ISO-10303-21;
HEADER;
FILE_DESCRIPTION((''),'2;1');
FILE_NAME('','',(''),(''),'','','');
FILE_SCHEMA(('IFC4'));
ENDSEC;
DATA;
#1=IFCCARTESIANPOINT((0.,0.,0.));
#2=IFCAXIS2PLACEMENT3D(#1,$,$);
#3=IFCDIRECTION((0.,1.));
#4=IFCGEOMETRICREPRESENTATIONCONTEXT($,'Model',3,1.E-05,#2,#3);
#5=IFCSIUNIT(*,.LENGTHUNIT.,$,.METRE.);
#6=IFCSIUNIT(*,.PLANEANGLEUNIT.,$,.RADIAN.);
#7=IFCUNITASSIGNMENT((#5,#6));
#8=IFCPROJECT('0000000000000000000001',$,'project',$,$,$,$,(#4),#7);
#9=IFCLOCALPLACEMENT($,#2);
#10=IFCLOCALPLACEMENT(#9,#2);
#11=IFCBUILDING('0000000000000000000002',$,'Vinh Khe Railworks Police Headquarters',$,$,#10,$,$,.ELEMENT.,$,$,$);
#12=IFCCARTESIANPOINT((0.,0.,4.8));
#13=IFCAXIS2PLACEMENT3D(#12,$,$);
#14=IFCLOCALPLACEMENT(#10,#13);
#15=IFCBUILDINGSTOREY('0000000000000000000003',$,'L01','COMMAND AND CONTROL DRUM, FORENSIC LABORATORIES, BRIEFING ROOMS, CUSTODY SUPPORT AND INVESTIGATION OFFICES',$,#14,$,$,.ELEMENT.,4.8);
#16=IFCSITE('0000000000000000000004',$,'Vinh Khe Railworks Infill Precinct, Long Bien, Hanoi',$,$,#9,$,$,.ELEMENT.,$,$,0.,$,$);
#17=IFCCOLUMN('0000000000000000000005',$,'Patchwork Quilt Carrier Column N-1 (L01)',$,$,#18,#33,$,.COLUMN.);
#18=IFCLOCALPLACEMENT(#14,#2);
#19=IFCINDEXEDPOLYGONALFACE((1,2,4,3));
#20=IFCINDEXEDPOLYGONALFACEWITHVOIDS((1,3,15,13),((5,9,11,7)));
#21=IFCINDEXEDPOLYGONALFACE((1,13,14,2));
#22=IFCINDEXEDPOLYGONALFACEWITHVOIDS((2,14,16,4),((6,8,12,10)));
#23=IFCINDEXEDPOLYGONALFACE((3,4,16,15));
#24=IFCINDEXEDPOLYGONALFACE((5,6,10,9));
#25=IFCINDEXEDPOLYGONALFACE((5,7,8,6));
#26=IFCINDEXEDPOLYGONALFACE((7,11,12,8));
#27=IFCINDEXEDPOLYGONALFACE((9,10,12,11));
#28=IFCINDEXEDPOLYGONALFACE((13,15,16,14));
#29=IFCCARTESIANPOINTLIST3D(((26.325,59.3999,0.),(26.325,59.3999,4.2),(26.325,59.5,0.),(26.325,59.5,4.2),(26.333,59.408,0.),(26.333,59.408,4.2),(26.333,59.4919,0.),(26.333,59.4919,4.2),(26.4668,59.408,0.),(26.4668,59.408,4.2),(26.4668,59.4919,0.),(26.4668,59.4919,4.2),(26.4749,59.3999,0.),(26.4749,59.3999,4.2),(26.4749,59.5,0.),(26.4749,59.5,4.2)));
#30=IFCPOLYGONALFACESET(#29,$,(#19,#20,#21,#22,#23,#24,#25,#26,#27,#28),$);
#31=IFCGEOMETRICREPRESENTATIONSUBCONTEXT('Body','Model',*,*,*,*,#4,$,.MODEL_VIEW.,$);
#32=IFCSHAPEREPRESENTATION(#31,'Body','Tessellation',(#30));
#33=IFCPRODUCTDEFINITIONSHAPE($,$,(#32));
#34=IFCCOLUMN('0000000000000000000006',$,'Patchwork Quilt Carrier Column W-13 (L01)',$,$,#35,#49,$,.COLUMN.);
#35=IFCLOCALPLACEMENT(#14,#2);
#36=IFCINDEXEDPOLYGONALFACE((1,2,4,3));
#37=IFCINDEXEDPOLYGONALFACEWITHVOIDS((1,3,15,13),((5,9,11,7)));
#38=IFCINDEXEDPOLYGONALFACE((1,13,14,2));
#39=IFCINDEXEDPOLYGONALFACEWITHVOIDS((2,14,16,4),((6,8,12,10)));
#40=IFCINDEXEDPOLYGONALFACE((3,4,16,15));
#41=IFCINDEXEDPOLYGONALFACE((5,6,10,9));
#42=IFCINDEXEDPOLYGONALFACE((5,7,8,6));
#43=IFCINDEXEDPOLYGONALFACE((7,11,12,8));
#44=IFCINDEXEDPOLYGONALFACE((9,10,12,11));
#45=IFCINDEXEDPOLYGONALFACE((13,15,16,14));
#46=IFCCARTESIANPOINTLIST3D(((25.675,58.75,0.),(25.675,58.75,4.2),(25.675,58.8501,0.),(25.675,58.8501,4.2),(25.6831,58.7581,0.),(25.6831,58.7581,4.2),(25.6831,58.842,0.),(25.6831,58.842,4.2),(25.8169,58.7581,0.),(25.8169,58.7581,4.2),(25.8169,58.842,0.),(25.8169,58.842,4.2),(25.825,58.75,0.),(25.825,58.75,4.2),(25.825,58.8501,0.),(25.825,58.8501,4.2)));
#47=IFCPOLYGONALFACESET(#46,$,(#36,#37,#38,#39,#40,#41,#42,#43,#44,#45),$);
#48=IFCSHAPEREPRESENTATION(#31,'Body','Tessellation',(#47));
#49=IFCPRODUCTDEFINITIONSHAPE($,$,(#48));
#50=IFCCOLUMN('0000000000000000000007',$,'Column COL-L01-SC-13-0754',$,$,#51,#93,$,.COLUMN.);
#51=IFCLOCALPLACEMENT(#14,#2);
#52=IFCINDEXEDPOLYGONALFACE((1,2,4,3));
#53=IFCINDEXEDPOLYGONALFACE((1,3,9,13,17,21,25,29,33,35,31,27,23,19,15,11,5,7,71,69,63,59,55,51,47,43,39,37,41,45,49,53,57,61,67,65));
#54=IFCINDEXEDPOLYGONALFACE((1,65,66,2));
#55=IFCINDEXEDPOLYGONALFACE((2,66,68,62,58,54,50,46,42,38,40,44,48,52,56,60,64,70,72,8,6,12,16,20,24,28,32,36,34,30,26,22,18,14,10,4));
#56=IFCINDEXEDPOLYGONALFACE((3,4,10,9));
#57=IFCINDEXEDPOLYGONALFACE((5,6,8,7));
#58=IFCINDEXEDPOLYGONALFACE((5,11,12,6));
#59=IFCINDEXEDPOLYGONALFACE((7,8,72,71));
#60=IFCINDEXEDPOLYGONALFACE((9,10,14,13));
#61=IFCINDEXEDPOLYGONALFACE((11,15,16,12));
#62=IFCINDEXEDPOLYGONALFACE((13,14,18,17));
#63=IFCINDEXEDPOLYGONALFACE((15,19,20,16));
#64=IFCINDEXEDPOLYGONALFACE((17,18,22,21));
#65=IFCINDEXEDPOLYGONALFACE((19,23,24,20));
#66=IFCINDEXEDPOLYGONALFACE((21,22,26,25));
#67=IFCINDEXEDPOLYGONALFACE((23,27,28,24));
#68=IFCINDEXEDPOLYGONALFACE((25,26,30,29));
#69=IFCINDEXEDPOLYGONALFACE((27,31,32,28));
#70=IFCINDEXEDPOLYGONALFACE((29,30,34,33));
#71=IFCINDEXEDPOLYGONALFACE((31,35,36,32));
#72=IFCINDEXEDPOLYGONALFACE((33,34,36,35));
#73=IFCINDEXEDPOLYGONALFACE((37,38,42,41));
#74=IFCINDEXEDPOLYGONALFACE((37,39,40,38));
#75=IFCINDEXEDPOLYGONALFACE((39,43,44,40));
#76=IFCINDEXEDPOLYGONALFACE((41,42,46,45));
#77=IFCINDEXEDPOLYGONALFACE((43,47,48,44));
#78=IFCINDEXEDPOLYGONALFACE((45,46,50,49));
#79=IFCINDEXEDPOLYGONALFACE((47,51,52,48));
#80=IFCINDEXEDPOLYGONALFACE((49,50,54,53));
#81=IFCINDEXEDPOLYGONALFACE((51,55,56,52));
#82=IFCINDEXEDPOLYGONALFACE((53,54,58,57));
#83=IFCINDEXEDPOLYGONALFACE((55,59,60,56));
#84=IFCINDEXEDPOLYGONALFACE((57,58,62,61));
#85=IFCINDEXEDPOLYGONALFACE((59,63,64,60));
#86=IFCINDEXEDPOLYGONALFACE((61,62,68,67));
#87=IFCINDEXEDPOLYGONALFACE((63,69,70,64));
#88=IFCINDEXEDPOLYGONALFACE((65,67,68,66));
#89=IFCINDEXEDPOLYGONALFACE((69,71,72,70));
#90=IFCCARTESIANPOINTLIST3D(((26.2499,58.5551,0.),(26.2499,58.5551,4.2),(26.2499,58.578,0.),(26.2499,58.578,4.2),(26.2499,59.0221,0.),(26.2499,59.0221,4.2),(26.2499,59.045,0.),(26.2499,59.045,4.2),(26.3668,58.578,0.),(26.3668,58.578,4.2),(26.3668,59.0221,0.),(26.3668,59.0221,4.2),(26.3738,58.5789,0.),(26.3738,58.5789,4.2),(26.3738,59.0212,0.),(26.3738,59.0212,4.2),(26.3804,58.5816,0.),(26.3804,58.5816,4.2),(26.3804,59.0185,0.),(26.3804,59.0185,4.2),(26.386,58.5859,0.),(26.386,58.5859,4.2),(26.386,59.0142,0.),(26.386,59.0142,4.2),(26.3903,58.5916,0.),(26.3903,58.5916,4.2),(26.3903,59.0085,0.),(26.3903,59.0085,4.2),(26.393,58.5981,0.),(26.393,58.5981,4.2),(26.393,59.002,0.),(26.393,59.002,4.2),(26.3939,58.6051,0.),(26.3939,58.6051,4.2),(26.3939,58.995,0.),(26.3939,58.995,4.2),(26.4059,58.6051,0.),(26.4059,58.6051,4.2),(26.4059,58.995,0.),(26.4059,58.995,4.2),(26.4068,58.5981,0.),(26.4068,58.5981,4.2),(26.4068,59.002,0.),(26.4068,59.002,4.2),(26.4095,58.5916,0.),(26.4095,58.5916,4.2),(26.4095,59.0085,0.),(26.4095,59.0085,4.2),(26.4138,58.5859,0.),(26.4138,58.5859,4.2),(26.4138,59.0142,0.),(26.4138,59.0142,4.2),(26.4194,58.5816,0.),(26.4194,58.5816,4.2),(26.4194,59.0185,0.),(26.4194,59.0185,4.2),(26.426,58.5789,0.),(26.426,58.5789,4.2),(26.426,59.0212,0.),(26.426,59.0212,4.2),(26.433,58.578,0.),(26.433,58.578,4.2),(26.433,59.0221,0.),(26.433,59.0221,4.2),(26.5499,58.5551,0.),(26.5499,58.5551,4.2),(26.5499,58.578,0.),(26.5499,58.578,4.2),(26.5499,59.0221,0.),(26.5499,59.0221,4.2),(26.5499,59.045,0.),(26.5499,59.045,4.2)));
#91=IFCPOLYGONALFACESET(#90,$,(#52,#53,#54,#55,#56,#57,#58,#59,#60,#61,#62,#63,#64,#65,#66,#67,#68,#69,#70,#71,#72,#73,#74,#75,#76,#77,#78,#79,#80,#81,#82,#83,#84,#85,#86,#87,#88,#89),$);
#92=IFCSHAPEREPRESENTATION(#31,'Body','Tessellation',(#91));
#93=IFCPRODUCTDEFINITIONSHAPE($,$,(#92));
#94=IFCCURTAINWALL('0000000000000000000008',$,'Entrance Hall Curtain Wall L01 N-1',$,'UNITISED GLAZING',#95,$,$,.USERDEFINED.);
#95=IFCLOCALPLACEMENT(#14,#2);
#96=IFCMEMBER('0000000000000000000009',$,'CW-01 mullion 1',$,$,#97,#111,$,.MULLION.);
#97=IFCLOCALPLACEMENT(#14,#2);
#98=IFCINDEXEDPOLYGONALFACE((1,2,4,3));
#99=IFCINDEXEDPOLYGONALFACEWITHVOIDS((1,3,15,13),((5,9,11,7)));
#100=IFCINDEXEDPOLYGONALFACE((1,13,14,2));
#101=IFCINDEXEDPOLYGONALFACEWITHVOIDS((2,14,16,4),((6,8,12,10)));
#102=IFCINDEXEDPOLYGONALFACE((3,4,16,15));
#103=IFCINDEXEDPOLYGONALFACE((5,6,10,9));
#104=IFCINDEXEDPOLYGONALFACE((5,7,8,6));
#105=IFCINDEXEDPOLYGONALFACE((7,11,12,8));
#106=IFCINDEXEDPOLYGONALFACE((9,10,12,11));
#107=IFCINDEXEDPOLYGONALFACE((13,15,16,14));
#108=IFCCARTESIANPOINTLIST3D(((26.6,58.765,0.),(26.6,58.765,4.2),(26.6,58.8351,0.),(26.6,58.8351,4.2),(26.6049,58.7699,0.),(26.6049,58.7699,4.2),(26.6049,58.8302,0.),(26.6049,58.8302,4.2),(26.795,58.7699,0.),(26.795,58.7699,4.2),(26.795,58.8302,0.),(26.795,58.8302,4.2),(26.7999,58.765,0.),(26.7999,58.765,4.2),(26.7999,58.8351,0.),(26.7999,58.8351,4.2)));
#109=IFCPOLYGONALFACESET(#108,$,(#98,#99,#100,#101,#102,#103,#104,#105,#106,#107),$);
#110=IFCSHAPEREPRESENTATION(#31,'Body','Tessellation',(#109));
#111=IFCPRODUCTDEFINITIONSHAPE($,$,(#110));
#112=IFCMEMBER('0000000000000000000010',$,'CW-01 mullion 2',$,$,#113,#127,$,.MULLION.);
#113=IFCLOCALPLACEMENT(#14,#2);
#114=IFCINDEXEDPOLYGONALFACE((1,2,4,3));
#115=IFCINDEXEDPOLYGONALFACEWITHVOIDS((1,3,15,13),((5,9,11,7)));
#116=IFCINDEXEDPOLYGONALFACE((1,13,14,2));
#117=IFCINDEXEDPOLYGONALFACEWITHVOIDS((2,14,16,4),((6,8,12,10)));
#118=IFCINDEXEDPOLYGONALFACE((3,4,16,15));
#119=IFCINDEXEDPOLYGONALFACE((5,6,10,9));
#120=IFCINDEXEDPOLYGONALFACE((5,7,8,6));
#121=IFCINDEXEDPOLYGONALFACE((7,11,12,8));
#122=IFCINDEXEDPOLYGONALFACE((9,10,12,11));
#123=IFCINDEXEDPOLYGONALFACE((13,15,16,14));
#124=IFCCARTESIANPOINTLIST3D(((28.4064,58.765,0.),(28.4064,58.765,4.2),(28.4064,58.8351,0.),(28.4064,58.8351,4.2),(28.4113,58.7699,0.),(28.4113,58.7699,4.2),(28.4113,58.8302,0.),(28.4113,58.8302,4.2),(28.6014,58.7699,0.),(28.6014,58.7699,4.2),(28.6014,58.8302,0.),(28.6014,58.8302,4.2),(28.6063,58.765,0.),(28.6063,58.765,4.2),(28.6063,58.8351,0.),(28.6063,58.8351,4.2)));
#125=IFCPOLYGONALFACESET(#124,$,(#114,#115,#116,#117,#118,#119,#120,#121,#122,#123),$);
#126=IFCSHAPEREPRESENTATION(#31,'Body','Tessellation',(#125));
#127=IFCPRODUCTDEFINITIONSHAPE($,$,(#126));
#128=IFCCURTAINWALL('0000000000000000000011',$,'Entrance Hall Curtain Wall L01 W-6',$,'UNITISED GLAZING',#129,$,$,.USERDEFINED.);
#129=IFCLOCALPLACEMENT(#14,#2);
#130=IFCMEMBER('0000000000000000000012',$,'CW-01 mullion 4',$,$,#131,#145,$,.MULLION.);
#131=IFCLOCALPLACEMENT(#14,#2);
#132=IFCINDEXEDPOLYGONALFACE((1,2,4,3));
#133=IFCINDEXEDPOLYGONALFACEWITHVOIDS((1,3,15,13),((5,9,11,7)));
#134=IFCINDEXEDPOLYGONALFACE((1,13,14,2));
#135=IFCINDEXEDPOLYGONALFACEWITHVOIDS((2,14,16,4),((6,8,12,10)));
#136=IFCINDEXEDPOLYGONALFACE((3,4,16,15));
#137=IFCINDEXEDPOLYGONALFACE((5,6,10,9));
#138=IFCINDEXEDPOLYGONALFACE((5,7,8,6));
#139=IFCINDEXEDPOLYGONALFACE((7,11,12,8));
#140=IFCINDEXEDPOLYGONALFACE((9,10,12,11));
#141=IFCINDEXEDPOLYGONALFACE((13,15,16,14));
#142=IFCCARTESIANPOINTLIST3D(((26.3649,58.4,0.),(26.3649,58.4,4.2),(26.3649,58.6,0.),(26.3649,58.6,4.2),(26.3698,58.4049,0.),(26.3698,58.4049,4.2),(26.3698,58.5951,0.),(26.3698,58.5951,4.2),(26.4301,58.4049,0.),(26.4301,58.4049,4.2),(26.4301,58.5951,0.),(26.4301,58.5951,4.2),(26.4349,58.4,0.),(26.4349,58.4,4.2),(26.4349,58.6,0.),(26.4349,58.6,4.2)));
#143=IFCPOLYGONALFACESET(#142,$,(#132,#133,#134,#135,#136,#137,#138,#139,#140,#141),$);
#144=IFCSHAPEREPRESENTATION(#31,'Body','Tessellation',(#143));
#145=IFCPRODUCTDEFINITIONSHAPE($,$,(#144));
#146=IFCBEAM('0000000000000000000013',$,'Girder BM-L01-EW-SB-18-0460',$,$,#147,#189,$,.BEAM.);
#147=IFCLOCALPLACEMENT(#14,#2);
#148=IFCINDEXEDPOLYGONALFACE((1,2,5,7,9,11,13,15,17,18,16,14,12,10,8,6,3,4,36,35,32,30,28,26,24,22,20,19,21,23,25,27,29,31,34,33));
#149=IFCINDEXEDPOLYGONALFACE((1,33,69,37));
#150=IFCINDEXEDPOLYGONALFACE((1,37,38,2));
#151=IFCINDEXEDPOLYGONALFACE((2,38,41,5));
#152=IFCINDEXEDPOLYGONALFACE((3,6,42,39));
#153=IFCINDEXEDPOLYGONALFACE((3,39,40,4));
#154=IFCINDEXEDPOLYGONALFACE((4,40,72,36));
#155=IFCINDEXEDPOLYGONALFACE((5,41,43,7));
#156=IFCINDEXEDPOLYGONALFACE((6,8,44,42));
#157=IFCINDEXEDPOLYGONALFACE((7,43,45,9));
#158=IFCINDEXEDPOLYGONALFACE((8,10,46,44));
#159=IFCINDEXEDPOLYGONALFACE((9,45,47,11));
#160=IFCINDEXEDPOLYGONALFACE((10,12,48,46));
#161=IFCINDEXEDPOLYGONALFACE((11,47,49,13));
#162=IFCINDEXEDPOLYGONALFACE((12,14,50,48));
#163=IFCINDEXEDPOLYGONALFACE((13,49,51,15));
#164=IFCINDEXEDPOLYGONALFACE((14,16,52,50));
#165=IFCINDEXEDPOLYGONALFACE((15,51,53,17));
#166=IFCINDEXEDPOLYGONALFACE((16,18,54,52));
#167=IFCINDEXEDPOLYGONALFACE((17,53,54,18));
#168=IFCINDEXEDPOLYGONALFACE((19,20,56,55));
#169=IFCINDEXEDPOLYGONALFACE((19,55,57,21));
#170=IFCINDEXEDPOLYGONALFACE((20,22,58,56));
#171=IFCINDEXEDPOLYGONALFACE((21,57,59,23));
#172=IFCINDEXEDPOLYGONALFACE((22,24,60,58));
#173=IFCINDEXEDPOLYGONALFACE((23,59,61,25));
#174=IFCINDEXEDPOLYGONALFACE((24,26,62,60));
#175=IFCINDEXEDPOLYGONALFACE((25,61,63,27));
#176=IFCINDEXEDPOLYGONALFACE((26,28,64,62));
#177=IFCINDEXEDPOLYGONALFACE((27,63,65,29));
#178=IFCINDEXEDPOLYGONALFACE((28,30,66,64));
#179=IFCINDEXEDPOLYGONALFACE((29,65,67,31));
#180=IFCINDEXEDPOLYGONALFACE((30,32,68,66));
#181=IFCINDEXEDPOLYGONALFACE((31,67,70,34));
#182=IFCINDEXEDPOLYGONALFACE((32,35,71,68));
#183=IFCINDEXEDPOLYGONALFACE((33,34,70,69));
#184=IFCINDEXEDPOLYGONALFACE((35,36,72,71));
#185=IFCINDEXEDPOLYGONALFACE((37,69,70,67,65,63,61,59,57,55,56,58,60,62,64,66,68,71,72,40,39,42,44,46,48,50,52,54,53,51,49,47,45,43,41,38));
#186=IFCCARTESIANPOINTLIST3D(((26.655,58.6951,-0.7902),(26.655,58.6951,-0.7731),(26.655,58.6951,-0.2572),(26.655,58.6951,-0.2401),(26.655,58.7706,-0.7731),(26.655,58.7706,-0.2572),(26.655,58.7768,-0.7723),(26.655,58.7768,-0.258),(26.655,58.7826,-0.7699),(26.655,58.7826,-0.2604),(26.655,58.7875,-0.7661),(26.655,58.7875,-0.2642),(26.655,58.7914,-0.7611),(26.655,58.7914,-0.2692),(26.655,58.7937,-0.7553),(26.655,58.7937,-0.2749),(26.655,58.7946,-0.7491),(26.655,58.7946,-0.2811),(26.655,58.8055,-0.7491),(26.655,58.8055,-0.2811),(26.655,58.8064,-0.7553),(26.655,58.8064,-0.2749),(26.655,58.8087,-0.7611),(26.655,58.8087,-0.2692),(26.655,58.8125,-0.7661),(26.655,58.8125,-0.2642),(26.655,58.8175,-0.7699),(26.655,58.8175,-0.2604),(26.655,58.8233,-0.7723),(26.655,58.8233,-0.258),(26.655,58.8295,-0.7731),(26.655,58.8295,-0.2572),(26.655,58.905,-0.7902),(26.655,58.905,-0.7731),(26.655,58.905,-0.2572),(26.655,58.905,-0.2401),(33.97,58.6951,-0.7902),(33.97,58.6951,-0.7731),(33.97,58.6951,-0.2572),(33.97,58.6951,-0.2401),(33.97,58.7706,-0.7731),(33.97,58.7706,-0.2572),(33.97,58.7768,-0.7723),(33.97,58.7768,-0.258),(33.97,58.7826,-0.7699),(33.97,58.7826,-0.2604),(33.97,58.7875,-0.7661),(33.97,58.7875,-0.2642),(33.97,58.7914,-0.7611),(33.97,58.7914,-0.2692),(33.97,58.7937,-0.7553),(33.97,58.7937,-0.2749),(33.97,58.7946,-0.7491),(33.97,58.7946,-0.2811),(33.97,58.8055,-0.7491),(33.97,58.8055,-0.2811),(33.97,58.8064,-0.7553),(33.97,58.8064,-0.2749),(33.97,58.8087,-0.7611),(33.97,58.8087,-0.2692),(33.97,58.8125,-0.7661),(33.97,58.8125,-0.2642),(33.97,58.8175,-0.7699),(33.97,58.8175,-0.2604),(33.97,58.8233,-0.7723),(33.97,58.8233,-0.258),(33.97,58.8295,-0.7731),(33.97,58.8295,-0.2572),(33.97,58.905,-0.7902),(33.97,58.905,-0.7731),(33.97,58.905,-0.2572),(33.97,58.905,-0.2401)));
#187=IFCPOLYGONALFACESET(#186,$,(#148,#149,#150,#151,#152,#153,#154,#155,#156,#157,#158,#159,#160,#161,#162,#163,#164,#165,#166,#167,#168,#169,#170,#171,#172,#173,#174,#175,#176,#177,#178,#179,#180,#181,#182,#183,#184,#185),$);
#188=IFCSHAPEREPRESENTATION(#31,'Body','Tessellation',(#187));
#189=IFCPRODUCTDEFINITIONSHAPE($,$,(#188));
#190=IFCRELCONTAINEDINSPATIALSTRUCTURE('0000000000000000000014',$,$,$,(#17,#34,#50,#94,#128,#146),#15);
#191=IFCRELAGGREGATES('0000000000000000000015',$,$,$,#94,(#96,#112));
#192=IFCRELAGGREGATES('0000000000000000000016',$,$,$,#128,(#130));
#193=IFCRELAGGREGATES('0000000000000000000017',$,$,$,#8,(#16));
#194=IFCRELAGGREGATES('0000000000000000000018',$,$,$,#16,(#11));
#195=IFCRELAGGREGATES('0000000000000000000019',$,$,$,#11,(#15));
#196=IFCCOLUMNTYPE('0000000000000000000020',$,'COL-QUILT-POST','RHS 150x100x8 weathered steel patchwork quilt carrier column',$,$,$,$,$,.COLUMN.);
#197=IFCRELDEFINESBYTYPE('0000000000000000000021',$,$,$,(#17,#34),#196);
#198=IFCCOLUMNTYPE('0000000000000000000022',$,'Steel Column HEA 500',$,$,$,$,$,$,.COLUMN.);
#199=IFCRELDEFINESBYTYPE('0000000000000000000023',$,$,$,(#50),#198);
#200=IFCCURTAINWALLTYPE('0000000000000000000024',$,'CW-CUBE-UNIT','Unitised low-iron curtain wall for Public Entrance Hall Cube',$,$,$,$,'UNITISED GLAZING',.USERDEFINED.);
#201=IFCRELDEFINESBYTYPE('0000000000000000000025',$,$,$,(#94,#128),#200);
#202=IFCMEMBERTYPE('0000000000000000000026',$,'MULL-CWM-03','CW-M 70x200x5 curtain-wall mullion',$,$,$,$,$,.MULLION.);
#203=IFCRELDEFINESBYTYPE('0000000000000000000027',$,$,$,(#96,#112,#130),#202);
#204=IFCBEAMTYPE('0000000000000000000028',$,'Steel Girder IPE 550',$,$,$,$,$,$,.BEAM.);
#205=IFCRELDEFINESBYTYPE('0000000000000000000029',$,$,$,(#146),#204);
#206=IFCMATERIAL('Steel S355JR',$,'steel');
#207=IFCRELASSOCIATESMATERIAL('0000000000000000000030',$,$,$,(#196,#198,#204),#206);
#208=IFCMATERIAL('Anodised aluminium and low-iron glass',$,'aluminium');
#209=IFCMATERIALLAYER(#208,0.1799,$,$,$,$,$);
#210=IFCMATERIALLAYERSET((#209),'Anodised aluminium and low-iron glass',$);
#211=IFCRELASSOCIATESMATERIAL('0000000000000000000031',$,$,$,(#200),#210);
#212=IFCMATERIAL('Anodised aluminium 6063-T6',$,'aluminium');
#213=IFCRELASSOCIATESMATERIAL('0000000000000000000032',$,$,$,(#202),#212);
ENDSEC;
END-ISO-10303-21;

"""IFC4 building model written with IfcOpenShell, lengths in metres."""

from ifc_helpers import new_model, si_unit, direction, frame, origin, origin_2d, place, context, subcontext, project, spatial, hollow_rectangle, i_section, extrude, material, layer, layer_set, material_profile, profile_set, type_object, element, aggregate, save


model = new_model("IFC4")

# Units and contexts
model_context = context("Model", 3, precision=1e-05, world=origin(), true_north=direction((0.0, 1.0)))
body_context = subcontext(model_context, "Body", "Model", "MODEL_VIEW")
ifc_project = project(units=[si_unit("LENGTHUNIT", "METRE"), si_unit("PLANEANGLEUNIT", "RADIAN")], contexts=[model_context])

# Site, building, storey
site_placement = place(None, origin())
site = spatial("IfcSite", under=ifc_project, at=site_placement, Name="Vinh Khe Railworks Infill Precinct, Long Bien, Hanoi", CompositionType="ELEMENT", RefElevation=0.0)
building_placement = place(site_placement, origin())
building = spatial("IfcBuilding", under=site, at=building_placement, Name="Vinh Khe Railworks Police Headquarters", CompositionType="ELEMENT")
storey_placement = place(building_placement, frame((0.0, 0.0, 4.8)))
storey = spatial("IfcBuildingStorey", under=building, at=storey_placement, Name="L01", Description="COMMAND AND CONTROL DRUM, FORENSIC LABORATORIES, BRIEFING ROOMS, CUSTODY SUPPORT AND INVESTIGATION OFFICES", CompositionType="ELEMENT", Elevation=4.8)

# Columns
ifc_material_1 = material(Name="Steel S355JR", Category="steel")
ifc_material_profile_1 = material_profile(ifc_material_1, hollow_rectangle(XDim=0.1499, YDim=0.1001, WallThickness=0.0081, at=origin_2d()), Name="RHS 150x100x8")
ifc_profile_set_1 = profile_set([ifc_material_profile_1], Name="Steel S355JR")
column_type_1 = type_object("IfcColumnType", Name="COL-QUILT-POST", Description="RHS 150x100x8 weathered steel patchwork quilt carrier column", PredefinedType="COLUMN", material=ifc_profile_set_1)
for number, where, z_axis, x_axis, name in (
    (1, (26.3999, 59.45, 0.0), (0.0, 0.0, 1.0), (1.0, 0.0, 0.0), "Patchwork Quilt Carrier Column N-1 (L01)"),
    (2, (25.75, 58.8, 0.0), (0.0, 0.0, 1.0), (1.0, 0.0, 0.0), "Patchwork Quilt Carrier Column W-13 (L01)"),
):
    element("IfcColumn", number, at=place(storey_placement, frame(where, z_axis=z_axis, x_axis=x_axis)), inside=storey, type_object=column_type_1, Name=name, PredefinedType="COLUMN", context=body_context, shape_type="SweptSolid", body=[
        extrude(hollow_rectangle(XDim=0.1499, YDim=0.1001, WallThickness=0.0081, at=origin_2d()), origin(), (0.0, 0.0, 1.0), 4.2),
    ])
ifc_material_profile_2 = material_profile(ifc_material_1, i_section(OverallWidth=0.3, OverallDepth=0.49, WebThickness=0.012, FlangeThickness=0.0229, FilletRadius=0.0271, at=origin_2d()), Name="HEA 500")
ifc_profile_set_2 = profile_set([ifc_material_profile_2], Name="Steel S355JR")
column_type_2 = type_object("IfcColumnType", Name="Steel Column HEA 500", PredefinedType="COLUMN", material=ifc_profile_set_2)
column_placement = place(storey_placement, frame((26.3999, 58.8, 0.0), z_axis=(0.0, 0.0, 1.0), x_axis=(1.0, 0.0, 0.0)))
element("IfcColumn", 3, at=column_placement, inside=storey, type_object=column_type_2, Name="Column COL-L01-SC-13-0754", PredefinedType="COLUMN", context=body_context, shape_type="SweptSolid", body=[
    extrude(i_section(OverallWidth=0.3, OverallDepth=0.49, WebThickness=0.012, FlangeThickness=0.0229, FilletRadius=0.0271, at=origin_2d()), origin(), (0.0, 0.0, 1.0), 4.2),
])

# Curtain wall, members
ifc_material_2 = material(Name="Anodised aluminium and low-iron glass", Category="aluminium")
ifc_layer_1 = layer(ifc_material_2, 0.1799)
ifc_layer_set_1 = layer_set([ifc_layer_1], Name="Anodised aluminium and low-iron glass")
curtain_wall_type = type_object("IfcCurtainWallType", Name="CW-CUBE-UNIT", Description="Unitised low-iron curtain wall for Public Entrance Hall Cube", ElementType="UNITISED GLAZING", PredefinedType="USERDEFINED", material=ifc_layer_set_1)
curtain_wall_1_placement = place(storey_placement, origin())
curtain_wall_1 = element("IfcCurtainWall", 4, at=curtain_wall_1_placement, inside=storey, type_object=curtain_wall_type, Name="Entrance Hall Curtain Wall L01 N-1", ObjectType="UNITISED GLAZING", PredefinedType="USERDEFINED")
ifc_material_3 = material(Name="Anodised aluminium 6063-T6", Category="aluminium")
ifc_material_profile_3 = material_profile(ifc_material_3, hollow_rectangle(XDim=0.0701, YDim=0.2, WallThickness=0.0049, at=origin_2d()), Name="CW-M 70x200x5")
ifc_profile_set_3 = profile_set([ifc_material_profile_3], Name="Anodised aluminium 6063-T6")
member_type_1 = type_object("IfcMemberType", Name="MULL-CWM-03", Description="CW-M 70x200x5 curtain-wall mullion", PredefinedType="MULLION", material=ifc_profile_set_3)
member_1_placement = place(storey_placement, frame((26.7, 58.8, 0.0), z_axis=(0.0, 0.0, 1.0), x_axis=(0.0, 1.0, 0.0)))
member_1 = element("IfcMember", 5, at=member_1_placement, type_object=member_type_1, Name="CW-01 mullion 1", PredefinedType="MULLION", context=body_context, shape_type="SweptSolid", body=[
    extrude(hollow_rectangle(XDim=0.0701, YDim=0.2, WallThickness=0.0049, at=origin_2d()), origin(), (0.0, 0.0, 1.0), 4.2),
])
member_2_placement = place(storey_placement, frame((28.5063, 58.8, 0.0), z_axis=(0.0, 0.0, 1.0), x_axis=(0.0, 1.0, 0.0)))
member_2 = element("IfcMember", 6, at=member_2_placement, type_object=member_type_1, Name="CW-01 mullion 2", PredefinedType="MULLION", context=body_context, shape_type="SweptSolid", body=[
    extrude(hollow_rectangle(XDim=0.0701, YDim=0.2, WallThickness=0.0049, at=origin_2d()), origin(), (0.0, 0.0, 1.0), 4.2),
])

# Curtain wall, member
curtain_wall_2_placement = place(storey_placement, origin())
curtain_wall_2 = element("IfcCurtainWall", 7, at=curtain_wall_2_placement, inside=storey, type_object=curtain_wall_type, Name="Entrance Hall Curtain Wall L01 W-6", ObjectType="UNITISED GLAZING", PredefinedType="USERDEFINED")
member_3_placement = place(storey_placement, frame((26.3999, 58.5, 0.0), z_axis=(0.0, 0.0, 1.0), x_axis=(-1.0, 0.0, 0.0)))
member_3 = element("IfcMember", 8, at=member_3_placement, type_object=member_type_1, Name="CW-01 mullion 4", PredefinedType="MULLION", context=body_context, shape_type="SweptSolid", body=[
    extrude(hollow_rectangle(XDim=0.0701, YDim=0.2, WallThickness=0.0049, at=origin_2d()), origin(), (0.0, 0.0, 1.0), 4.2),
])

# Beam
ifc_material_profile_4 = material_profile(ifc_material_1, i_section(OverallWidth=0.21, OverallDepth=0.55, WebThickness=0.011, FlangeThickness=0.0171, FilletRadius=0.0239, at=origin_2d()), Name="IPE 550")
ifc_profile_set_4 = profile_set([ifc_material_profile_4], Name="Steel S355JR")
beam_type = type_object("IfcBeamType", Name="Steel Girder IPE 550", PredefinedType="BEAM", material=ifc_profile_set_4)
beam_placement = place(storey_placement, frame((26.655, 58.8, -0.5151), z_axis=(1.0, 0.0, 0.0), x_axis=(0.0, 1.0, 0.0)))
element("IfcBeam", 9, at=beam_placement, inside=storey, type_object=beam_type, Name="Girder BM-L01-EW-SB-18-0460", PredefinedType="BEAM", context=body_context, shape_type="SweptSolid", body=[
    extrude(i_section(OverallWidth=0.21, OverallDepth=0.55, WebThickness=0.011, FlangeThickness=0.0171, FilletRadius=0.0239, at=origin_2d()), origin(), (0.0, 0.0, 1.0), 7.3149),
])

aggregate(curtain_wall_1, [member_1, member_2])
aggregate(curtain_wall_2, [member_3])

save(model, "model.ifc")
